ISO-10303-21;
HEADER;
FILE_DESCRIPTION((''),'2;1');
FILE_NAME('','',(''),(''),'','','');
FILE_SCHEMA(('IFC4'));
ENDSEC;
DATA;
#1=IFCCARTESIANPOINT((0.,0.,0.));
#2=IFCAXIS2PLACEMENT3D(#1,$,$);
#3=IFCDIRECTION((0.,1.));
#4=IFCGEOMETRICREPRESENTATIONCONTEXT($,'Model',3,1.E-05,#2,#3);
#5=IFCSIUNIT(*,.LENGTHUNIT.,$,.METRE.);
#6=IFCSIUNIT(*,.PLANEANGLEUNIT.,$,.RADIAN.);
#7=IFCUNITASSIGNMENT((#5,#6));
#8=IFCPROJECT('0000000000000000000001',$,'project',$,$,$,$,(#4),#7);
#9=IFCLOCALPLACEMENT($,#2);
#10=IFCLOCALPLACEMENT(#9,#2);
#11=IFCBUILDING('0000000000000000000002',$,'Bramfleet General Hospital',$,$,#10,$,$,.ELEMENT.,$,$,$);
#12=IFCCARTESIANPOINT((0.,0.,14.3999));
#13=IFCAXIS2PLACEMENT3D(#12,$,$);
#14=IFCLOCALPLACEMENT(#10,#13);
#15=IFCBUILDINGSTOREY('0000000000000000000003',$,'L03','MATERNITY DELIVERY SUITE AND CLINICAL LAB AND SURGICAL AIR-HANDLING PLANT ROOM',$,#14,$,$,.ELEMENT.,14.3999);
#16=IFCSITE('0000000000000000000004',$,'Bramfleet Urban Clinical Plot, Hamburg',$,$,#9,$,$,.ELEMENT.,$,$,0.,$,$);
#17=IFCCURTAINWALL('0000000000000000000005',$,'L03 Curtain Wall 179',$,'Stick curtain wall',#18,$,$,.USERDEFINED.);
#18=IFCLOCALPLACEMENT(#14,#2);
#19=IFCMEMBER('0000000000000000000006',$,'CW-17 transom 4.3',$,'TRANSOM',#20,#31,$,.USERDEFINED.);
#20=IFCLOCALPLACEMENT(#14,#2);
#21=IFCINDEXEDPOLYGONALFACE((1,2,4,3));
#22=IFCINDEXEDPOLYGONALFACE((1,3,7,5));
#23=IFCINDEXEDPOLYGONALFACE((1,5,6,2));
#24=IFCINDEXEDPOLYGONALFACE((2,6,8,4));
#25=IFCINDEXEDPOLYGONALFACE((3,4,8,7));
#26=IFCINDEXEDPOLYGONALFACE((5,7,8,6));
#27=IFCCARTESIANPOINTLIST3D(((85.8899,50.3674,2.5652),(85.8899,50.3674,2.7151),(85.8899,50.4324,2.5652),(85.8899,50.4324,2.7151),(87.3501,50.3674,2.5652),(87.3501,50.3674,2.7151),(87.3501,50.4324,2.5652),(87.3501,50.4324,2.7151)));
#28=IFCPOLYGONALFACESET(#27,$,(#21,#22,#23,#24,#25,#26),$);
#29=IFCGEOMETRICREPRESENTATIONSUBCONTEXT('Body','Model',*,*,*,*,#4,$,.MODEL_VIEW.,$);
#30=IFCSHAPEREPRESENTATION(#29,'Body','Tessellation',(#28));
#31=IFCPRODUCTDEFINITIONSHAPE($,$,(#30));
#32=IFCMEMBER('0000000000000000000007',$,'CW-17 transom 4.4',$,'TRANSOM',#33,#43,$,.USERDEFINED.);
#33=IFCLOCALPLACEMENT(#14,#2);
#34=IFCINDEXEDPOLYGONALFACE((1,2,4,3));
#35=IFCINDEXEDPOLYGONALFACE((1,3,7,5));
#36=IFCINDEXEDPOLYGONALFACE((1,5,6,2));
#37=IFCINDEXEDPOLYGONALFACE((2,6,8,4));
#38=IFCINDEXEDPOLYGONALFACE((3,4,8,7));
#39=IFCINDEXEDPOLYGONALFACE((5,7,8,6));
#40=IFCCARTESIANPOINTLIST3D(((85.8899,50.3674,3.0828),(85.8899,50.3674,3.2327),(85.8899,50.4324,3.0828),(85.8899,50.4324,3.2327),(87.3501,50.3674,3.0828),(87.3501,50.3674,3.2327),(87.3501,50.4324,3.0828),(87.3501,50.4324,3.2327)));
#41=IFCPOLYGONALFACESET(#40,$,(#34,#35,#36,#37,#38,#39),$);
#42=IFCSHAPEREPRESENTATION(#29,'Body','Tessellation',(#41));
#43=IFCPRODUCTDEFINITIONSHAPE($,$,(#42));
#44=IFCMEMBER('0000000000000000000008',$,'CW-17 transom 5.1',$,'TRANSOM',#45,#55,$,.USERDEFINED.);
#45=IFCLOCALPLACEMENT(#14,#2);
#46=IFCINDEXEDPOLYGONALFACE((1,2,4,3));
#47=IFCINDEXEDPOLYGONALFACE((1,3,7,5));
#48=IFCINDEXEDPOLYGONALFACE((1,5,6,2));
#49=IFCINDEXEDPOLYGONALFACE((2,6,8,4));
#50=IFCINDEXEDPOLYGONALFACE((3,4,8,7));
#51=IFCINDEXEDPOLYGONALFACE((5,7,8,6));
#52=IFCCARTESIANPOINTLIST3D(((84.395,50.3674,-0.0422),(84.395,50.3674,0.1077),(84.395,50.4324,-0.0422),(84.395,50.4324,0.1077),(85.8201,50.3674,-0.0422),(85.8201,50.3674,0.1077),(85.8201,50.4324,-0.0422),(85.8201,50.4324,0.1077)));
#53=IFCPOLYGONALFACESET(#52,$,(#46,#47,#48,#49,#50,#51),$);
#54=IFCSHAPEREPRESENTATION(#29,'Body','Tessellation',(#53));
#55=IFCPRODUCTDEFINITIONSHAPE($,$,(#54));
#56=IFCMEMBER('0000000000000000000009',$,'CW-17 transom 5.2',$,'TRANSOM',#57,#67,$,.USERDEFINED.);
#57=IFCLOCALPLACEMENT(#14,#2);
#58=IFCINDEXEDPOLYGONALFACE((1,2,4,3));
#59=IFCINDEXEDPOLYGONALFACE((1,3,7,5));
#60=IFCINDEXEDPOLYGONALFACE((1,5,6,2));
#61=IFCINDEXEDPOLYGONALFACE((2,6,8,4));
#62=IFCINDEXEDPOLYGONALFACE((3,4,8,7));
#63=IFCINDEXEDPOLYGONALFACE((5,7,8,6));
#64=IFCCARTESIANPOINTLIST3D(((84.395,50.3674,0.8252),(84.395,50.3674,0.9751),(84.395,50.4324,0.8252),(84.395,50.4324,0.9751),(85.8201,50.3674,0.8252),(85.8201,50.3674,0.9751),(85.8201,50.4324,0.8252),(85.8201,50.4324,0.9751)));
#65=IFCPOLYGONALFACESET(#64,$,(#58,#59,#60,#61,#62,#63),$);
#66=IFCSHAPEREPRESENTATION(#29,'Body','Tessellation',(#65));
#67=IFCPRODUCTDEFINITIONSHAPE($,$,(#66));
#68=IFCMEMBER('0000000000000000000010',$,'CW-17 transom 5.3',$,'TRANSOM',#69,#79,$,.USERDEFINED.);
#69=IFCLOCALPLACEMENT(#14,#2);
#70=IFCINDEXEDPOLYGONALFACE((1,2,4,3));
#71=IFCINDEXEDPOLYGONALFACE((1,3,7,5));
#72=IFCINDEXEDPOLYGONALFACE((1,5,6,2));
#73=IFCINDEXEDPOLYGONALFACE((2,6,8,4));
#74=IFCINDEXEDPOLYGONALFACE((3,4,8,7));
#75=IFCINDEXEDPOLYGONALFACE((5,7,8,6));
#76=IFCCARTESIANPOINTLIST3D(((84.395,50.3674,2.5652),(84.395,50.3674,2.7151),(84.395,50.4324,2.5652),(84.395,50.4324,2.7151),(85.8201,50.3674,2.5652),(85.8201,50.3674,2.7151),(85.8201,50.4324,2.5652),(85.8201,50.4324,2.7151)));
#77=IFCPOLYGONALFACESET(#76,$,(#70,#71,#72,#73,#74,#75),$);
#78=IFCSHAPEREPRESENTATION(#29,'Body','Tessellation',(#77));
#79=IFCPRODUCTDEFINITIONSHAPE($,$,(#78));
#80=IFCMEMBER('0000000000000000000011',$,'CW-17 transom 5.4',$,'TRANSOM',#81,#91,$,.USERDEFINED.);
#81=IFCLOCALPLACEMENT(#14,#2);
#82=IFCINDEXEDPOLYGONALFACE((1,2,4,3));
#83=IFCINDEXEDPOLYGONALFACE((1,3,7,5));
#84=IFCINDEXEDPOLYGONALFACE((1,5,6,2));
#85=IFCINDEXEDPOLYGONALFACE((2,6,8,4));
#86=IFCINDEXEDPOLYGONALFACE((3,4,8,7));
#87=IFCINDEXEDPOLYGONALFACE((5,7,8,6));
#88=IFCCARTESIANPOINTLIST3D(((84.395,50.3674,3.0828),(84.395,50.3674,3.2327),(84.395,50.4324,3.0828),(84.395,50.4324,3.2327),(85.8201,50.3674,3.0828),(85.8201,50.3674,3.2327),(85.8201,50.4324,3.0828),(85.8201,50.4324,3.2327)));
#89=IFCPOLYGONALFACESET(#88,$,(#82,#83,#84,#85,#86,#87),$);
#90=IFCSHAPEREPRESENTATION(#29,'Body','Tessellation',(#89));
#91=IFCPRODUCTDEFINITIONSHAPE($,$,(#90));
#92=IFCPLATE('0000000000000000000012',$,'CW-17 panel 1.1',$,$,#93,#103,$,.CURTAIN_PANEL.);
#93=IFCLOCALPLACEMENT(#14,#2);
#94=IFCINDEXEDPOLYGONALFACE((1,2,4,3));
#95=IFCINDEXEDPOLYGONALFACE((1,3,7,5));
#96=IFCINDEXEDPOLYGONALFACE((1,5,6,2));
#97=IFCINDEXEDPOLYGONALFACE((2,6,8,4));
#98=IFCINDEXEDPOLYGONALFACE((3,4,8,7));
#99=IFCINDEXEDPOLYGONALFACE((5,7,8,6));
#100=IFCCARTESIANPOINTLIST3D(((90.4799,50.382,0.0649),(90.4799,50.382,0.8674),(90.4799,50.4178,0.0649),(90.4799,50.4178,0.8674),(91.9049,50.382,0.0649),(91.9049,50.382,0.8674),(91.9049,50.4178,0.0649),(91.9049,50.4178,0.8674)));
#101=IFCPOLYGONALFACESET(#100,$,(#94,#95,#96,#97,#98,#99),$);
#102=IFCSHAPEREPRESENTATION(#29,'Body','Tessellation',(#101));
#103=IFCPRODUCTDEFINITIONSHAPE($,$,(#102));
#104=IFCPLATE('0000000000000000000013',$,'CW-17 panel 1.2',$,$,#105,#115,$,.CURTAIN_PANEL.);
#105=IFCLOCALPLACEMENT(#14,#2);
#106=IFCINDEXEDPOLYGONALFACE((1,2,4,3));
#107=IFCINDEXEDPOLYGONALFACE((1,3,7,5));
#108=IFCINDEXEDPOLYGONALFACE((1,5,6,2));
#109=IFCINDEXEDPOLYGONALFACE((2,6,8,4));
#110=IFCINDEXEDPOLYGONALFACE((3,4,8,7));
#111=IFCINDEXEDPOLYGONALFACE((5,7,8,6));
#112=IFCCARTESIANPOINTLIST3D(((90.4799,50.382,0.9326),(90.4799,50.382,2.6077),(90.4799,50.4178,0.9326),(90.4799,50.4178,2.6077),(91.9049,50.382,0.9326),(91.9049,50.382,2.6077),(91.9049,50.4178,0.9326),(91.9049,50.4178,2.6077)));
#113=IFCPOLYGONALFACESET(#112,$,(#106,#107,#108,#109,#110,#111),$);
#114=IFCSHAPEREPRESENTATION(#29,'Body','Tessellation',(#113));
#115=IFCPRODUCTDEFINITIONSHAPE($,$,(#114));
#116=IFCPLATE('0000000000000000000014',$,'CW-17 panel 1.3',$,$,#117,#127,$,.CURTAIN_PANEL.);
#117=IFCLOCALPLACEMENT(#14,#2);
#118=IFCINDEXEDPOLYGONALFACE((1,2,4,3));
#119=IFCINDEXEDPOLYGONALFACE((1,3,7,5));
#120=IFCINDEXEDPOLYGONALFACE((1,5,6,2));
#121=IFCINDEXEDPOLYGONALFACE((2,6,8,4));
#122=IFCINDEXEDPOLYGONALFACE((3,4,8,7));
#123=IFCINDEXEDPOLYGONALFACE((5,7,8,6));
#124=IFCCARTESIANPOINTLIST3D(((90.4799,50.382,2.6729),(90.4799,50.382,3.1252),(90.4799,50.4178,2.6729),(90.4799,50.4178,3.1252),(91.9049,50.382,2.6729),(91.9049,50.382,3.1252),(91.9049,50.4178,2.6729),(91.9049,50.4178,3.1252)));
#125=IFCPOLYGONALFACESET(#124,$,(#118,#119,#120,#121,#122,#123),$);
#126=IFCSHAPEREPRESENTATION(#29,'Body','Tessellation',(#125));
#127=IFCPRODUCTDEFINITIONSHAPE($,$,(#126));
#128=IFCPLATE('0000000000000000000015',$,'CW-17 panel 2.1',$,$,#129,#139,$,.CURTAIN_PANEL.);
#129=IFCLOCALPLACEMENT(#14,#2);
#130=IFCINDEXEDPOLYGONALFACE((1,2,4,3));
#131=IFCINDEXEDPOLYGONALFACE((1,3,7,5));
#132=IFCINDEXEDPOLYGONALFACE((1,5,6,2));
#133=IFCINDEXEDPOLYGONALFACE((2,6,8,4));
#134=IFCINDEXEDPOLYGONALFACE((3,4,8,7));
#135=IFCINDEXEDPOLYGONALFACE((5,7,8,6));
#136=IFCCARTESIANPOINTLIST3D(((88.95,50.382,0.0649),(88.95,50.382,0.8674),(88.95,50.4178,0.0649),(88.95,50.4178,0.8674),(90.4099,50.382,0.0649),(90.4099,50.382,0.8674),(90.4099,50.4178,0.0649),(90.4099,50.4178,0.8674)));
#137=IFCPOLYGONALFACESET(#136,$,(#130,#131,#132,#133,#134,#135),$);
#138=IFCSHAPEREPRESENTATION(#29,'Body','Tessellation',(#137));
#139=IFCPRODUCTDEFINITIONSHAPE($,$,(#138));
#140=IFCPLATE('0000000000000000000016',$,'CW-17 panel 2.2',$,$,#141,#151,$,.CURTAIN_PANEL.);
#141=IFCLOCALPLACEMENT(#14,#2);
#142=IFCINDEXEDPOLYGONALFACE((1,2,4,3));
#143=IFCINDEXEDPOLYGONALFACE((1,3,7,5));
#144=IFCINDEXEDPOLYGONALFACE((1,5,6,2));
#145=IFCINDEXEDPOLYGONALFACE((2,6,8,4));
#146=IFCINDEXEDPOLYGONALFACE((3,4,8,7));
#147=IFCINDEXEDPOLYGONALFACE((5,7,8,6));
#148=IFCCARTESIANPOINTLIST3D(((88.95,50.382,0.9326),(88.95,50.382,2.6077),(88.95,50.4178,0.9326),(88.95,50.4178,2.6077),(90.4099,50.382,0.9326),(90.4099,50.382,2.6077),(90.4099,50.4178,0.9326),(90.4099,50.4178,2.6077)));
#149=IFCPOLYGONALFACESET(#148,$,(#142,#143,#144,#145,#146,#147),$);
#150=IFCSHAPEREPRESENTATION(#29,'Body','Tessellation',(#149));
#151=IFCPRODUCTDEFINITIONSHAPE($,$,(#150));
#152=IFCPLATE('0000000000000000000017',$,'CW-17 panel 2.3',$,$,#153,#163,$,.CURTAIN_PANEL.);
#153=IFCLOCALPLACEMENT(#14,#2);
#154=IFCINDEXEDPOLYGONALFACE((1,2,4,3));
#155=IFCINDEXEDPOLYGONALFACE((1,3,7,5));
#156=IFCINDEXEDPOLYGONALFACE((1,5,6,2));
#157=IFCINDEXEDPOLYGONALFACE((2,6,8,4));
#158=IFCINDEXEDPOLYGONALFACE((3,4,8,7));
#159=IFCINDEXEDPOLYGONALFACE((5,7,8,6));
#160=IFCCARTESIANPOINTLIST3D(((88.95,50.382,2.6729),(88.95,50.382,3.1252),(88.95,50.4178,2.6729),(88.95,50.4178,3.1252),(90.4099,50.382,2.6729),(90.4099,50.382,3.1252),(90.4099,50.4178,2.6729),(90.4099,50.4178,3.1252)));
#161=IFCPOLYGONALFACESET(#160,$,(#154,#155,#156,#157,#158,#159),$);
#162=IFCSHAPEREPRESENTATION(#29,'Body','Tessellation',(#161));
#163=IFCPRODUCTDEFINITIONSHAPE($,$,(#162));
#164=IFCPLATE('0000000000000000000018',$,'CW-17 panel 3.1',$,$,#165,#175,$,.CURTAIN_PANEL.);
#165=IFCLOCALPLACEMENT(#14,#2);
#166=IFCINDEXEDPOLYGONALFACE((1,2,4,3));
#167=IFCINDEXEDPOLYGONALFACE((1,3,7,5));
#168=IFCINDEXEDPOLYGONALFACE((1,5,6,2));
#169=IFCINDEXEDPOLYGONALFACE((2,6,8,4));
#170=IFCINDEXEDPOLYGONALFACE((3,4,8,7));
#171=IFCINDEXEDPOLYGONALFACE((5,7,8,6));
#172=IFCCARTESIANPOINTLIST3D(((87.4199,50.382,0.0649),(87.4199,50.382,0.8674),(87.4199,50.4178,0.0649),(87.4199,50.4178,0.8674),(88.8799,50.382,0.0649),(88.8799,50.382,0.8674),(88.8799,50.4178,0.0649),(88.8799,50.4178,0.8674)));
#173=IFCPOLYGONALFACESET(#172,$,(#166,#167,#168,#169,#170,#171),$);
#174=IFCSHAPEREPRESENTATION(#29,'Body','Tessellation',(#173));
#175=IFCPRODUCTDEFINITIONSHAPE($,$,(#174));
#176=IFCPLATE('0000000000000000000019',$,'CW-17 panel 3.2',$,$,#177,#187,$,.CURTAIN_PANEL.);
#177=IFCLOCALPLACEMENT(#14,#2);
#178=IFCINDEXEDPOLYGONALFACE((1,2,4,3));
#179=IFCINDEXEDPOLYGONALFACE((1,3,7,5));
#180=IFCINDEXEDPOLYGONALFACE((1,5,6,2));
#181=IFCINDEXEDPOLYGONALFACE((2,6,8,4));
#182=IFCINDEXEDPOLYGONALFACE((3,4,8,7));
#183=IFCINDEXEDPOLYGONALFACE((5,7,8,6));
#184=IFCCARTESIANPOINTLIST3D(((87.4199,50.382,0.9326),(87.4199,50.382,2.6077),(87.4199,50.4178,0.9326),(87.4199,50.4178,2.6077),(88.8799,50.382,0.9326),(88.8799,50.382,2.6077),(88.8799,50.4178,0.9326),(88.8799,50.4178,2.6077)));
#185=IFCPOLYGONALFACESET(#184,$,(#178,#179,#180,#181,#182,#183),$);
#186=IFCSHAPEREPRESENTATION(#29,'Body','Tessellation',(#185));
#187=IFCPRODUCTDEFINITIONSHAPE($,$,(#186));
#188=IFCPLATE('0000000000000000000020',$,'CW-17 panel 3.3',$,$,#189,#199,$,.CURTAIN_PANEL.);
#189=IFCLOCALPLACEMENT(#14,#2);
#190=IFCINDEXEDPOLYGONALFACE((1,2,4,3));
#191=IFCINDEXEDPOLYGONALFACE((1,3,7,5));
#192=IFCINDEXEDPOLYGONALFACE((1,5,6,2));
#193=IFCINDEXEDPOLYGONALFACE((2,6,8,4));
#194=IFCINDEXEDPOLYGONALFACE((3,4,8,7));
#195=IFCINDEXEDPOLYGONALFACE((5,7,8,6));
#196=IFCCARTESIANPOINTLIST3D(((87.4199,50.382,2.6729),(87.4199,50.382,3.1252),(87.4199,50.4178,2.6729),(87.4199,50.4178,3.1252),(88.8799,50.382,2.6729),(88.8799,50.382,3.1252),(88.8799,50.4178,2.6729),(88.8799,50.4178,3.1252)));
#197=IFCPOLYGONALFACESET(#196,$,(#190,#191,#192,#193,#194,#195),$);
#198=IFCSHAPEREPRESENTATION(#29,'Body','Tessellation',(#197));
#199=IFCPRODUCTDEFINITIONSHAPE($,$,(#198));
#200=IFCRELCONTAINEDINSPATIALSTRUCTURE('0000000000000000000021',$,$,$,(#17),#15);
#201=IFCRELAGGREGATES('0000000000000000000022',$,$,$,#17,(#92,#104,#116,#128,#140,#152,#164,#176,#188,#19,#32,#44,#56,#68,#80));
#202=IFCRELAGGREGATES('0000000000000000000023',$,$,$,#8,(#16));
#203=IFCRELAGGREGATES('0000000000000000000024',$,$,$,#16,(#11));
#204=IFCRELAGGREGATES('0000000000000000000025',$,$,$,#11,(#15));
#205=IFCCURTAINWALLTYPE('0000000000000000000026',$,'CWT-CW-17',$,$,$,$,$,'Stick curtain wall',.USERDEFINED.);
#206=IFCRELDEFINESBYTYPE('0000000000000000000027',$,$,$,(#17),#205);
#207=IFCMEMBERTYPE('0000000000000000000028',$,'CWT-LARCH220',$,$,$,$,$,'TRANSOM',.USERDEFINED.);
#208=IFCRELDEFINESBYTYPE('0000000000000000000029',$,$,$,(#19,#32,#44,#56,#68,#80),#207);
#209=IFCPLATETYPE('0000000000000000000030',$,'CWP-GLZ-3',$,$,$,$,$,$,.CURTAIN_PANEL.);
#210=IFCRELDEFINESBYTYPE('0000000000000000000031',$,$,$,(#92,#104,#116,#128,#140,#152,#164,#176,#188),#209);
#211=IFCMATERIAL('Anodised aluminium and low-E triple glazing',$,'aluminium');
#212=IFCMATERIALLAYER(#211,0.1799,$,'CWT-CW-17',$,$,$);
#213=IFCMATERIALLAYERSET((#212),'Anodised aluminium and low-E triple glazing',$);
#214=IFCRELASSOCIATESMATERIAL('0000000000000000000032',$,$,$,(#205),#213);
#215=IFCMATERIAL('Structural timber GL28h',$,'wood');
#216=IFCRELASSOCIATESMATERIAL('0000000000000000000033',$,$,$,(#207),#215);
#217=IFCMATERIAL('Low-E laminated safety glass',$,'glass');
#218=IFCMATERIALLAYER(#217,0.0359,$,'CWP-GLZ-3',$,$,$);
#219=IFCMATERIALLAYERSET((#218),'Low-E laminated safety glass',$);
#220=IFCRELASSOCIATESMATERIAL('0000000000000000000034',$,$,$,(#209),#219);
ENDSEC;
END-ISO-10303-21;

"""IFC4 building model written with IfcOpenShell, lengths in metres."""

from ifc_helpers import new_model, si_unit, direction, frame, origin, origin_2d, place, context, subcontext, project, spatial, rectangle, extrude, material, layer, layer_set, material_profile, profile_set, type_object, element, aggregate, save


model = new_model("IFC4")

# Units and contexts
model_context = context("Model", 3, precision=1e-05, world=origin(), true_north=direction((0.0, 1.0)))
body_context = subcontext(model_context, "Body", "Model", "MODEL_VIEW")
ifc_project = project(units=[si_unit("LENGTHUNIT", "METRE"), si_unit("PLANEANGLEUNIT", "RADIAN")], contexts=[model_context])

# Site, building, storey
site_placement = place(None, origin())
site = spatial("IfcSite", under=ifc_project, at=site_placement, Name="Bramfleet Urban Clinical Plot, Hamburg", CompositionType="ELEMENT", RefElevation=0.0)
building_placement = place(site_placement, origin())
building = spatial("IfcBuilding", under=site, at=building_placement, Name="Bramfleet General Hospital", CompositionType="ELEMENT")
storey_placement = place(building_placement, frame((0.0, 0.0, 14.3999)))
storey = spatial("IfcBuildingStorey", under=building, at=storey_placement, Name="L03", Description="MATERNITY DELIVERY SUITE AND CLINICAL LAB AND SURGICAL AIR-HANDLING PLANT ROOM", CompositionType="ELEMENT", Elevation=14.3999)

# Curtain wall, members, plates
ifc_material_1 = material(Name="Anodised aluminium and low-E triple glazing", Category="aluminium")
ifc_layer_1 = layer(ifc_material_1, 0.1799, Name="CWT-CW-17")
ifc_layer_set_1 = layer_set([ifc_layer_1], Name="Anodised aluminium and low-E triple glazing")
curtain_wall_type = type_object("IfcCurtainWallType", Name="CWT-CW-17", ElementType="Stick curtain wall", PredefinedType="USERDEFINED", material=ifc_layer_set_1)
curtain_wall_placement = place(storey_placement, origin())
curtain_wall = element("IfcCurtainWall", 1, at=curtain_wall_placement, inside=storey, type_object=curtain_wall_type, Name="L03 Curtain Wall 179", ObjectType="Stick curtain wall", PredefinedType="USERDEFINED")
ifc_material_2 = material(Name="Structural timber GL28h", Category="wood")
ifc_material_profile_1 = material_profile(ifc_material_2, rectangle(XDim=0.0649, YDim=0.1499, at=origin_2d()), Name="LARCH 150x65")
ifc_profile_set_1 = profile_set([ifc_material_profile_1], Name="Structural timber GL28h")
member_type_1 = type_object("IfcMemberType", Name="CWT-LARCH220", ElementType="TRANSOM", PredefinedType="USERDEFINED", material=ifc_profile_set_1)
member_1_placement = place(storey_placement, frame((87.3501, 50.3999, 2.6401), z_axis=(-1.0, 0.0, 0.0), x_axis=(0.0, -1.0, 0.0)))
member_1 = element("IfcMember", 2, at=member_1_placement, type_object=member_type_1, Name="CW-17 transom 4.3", ObjectType="TRANSOM", PredefinedType="USERDEFINED", context=body_context, shape_type="SweptSolid", body=[
    extrude(rectangle(XDim=0.0649, YDim=0.1499, at=origin_2d()), origin(), (0.0, 0.0, 1.0), 1.4602),
])
member_2_placement = place(storey_placement, frame((87.3501, 50.3999, 3.1577), z_axis=(-1.0, 0.0, 0.0), x_axis=(0.0, -1.0, 0.0)))
member_2 = element("IfcMember", 3, at=member_2_placement, type_object=member_type_1, Name="CW-17 transom 4.4", ObjectType="TRANSOM", PredefinedType="USERDEFINED", context=body_context, shape_type="SweptSolid", body=[
    extrude(rectangle(XDim=0.0649, YDim=0.1499, at=origin_2d()), origin(), (0.0, 0.0, 1.0), 1.4602),
])
member_3_placement = place(storey_placement, frame((85.8201, 50.3999, 0.0327), z_axis=(-1.0, 0.0, 0.0), x_axis=(0.0, -1.0, 0.0)))
member_3 = element("IfcMember", 4, at=member_3_placement, type_object=member_type_1, Name="CW-17 transom 5.1", ObjectType="TRANSOM", PredefinedType="USERDEFINED", context=body_context, shape_type="SweptSolid", body=[
    extrude(rectangle(XDim=0.0649, YDim=0.1499, at=origin_2d()), origin(), (0.0, 0.0, 1.0), 1.425),
])
member_4_placement = place(storey_placement, frame((85.8201, 50.3999, 0.9001), z_axis=(-1.0, 0.0, 0.0), x_axis=(0.0, -1.0, 0.0)))
member_4 = element("IfcMember", 5, at=member_4_placement, type_object=member_type_1, Name="CW-17 transom 5.2", ObjectType="TRANSOM", PredefinedType="USERDEFINED", context=body_context, shape_type="SweptSolid", body=[
    extrude(rectangle(XDim=0.0649, YDim=0.1499, at=origin_2d()), origin(), (0.0, 0.0, 1.0), 1.425),
])
member_5_placement = place(storey_placement, frame((85.8201, 50.3999, 2.6401), z_axis=(-1.0, 0.0, 0.0), x_axis=(0.0, -1.0, 0.0)))
member_5 = element("IfcMember", 6, at=member_5_placement, type_object=member_type_1, Name="CW-17 transom 5.3", ObjectType="TRANSOM", PredefinedType="USERDEFINED", context=body_context, shape_type="SweptSolid", body=[
    extrude(rectangle(XDim=0.0649, YDim=0.1499, at=origin_2d()), origin(), (0.0, 0.0, 1.0), 1.425),
])
member_6_placement = place(storey_placement, frame((85.8201, 50.3999, 3.1577), z_axis=(-1.0, 0.0, 0.0), x_axis=(0.0, -1.0, 0.0)))
member_6 = element("IfcMember", 7, at=member_6_placement, type_object=member_type_1, Name="CW-17 transom 5.4", ObjectType="TRANSOM", PredefinedType="USERDEFINED", context=body_context, shape_type="SweptSolid", body=[
    extrude(rectangle(XDim=0.0649, YDim=0.1499, at=origin_2d()), origin(), (0.0, 0.0, 1.0), 1.425),
])
ifc_material_3 = material(Name="Low-E laminated safety glass", Category="glass")
ifc_layer_2 = layer(ifc_material_3, 0.0359, Name="CWP-GLZ-3")
ifc_layer_set_2 = layer_set([ifc_layer_2], Name="Low-E laminated safety glass")
plate_type = type_object("IfcPlateType", Name="CWP-GLZ-3", PredefinedType="CURTAIN_PANEL", material=ifc_layer_set_2)
plate_1_placement = place(storey_placement, frame((91.1924, 50.3999, 0.0649), z_axis=(0.0, 0.0, 1.0), x_axis=(-1.0, 0.0, 0.0)))
plate_1 = element("IfcPlate", 8, at=plate_1_placement, type_object=plate_type, Name="CW-17 panel 1.1", PredefinedType="CURTAIN_PANEL", context=body_context, shape_type="SweptSolid", body=[
    extrude(rectangle(XDim=1.425, YDim=0.0359, at=origin_2d()), origin(), (0.0, 0.0, 1.0), 0.8025),
])
plate_2_placement = place(storey_placement, frame((91.1924, 50.3999, 0.9326), z_axis=(0.0, 0.0, 1.0), x_axis=(-1.0, 0.0, 0.0)))
plate_2 = element("IfcPlate", 9, at=plate_2_placement, type_object=plate_type, Name="CW-17 panel 1.2", PredefinedType="CURTAIN_PANEL", context=body_context, shape_type="SweptSolid", body=[
    extrude(rectangle(XDim=1.425, YDim=0.0359, at=origin_2d()), origin(), (0.0, 0.0, 1.0), 1.675),
])
plate_3_placement = place(storey_placement, frame((91.1924, 50.3999, 2.6729), z_axis=(0.0, 0.0, 1.0), x_axis=(-1.0, 0.0, 0.0)))
plate_3 = element("IfcPlate", 10, at=plate_3_placement, type_object=plate_type, Name="CW-17 panel 1.3", PredefinedType="CURTAIN_PANEL", context=body_context, shape_type="SweptSolid", body=[
    extrude(rectangle(XDim=1.425, YDim=0.0359, at=origin_2d()), origin(), (0.0, 0.0, 1.0), 0.4524),
])
plate_4_placement = place(storey_placement, frame((89.6799, 50.3999, 0.0649), z_axis=(0.0, 0.0, 1.0), x_axis=(-1.0, 0.0, 0.0)))
plate_4 = element("IfcPlate", 11, at=plate_4_placement, type_object=plate_type, Name="CW-17 panel 2.1", PredefinedType="CURTAIN_PANEL", context=body_context, shape_type="SweptSolid", body=[
    extrude(rectangle(XDim=1.46, YDim=0.0359, at=origin_2d()), origin(), (0.0, 0.0, 1.0), 0.8025),
])
plate_5_placement = place(storey_placement, frame((89.6799, 50.3999, 0.9326), z_axis=(0.0, 0.0, 1.0), x_axis=(-1.0, 0.0, 0.0)))
plate_5 = element("IfcPlate", 12, at=plate_5_placement, type_object=plate_type, Name="CW-17 panel 2.2", PredefinedType="CURTAIN_PANEL", context=body_context, shape_type="SweptSolid", body=[
    extrude(rectangle(XDim=1.46, YDim=0.0359, at=origin_2d()), origin(), (0.0, 0.0, 1.0), 1.675),
])
plate_6_placement = place(storey_placement, frame((89.6799, 50.3999, 2.6729), z_axis=(0.0, 0.0, 1.0), x_axis=(-1.0, 0.0, 0.0)))
plate_6 = element("IfcPlate", 13, at=plate_6_placement, type_object=plate_type, Name="CW-17 panel 2.3", PredefinedType="CURTAIN_PANEL", context=body_context, shape_type="SweptSolid", body=[
    extrude(rectangle(XDim=1.46, YDim=0.0359, at=origin_2d()), origin(), (0.0, 0.0, 1.0), 0.4524),
])
plate_7_placement = place(storey_placement, frame((88.1499, 50.3999, 0.0649), z_axis=(0.0, 0.0, 1.0), x_axis=(-1.0, 0.0, 0.0)))
plate_7 = element("IfcPlate", 14, at=plate_7_placement, type_object=plate_type, Name="CW-17 panel 3.1", PredefinedType="CURTAIN_PANEL", context=body_context, shape_type="SweptSolid", body=[
    extrude(rectangle(XDim=1.46, YDim=0.0359, at=origin_2d()), origin(), (0.0, 0.0, 1.0), 0.8025),
])
plate_8_placement = place(storey_placement, frame((88.1499, 50.3999, 0.9326), z_axis=(0.0, 0.0, 1.0), x_axis=(-1.0, 0.0, 0.0)))
plate_8 = element("IfcPlate", 15, at=plate_8_placement, type_object=plate_type, Name="CW-17 panel 3.2", PredefinedType="CURTAIN_PANEL", context=body_context, shape_type="SweptSolid", body=[
    extrude(rectangle(XDim=1.46, YDim=0.0359, at=origin_2d()), origin(), (0.0, 0.0, 1.0), 1.675),
])
plate_9_placement = place(storey_placement, frame((88.1499, 50.3999, 2.6729), z_axis=(0.0, 0.0, 1.0), x_axis=(-1.0, 0.0, 0.0)))
plate_9 = element("IfcPlate", 16, at=plate_9_placement, type_object=plate_type, Name="CW-17 panel 3.3", PredefinedType="CURTAIN_PANEL", context=body_context, shape_type="SweptSolid", body=[
    extrude(rectangle(XDim=1.46, YDim=0.0359, at=origin_2d()), origin(), (0.0, 0.0, 1.0), 0.4524),
])
aggregate(curtain_wall, [plate_1, plate_2, plate_3, plate_4, plate_5, plate_6, plate_7, plate_8, plate_9, member_1, member_2, member_3, member_4, member_5, member_6])

save(model, "model.ifc")
